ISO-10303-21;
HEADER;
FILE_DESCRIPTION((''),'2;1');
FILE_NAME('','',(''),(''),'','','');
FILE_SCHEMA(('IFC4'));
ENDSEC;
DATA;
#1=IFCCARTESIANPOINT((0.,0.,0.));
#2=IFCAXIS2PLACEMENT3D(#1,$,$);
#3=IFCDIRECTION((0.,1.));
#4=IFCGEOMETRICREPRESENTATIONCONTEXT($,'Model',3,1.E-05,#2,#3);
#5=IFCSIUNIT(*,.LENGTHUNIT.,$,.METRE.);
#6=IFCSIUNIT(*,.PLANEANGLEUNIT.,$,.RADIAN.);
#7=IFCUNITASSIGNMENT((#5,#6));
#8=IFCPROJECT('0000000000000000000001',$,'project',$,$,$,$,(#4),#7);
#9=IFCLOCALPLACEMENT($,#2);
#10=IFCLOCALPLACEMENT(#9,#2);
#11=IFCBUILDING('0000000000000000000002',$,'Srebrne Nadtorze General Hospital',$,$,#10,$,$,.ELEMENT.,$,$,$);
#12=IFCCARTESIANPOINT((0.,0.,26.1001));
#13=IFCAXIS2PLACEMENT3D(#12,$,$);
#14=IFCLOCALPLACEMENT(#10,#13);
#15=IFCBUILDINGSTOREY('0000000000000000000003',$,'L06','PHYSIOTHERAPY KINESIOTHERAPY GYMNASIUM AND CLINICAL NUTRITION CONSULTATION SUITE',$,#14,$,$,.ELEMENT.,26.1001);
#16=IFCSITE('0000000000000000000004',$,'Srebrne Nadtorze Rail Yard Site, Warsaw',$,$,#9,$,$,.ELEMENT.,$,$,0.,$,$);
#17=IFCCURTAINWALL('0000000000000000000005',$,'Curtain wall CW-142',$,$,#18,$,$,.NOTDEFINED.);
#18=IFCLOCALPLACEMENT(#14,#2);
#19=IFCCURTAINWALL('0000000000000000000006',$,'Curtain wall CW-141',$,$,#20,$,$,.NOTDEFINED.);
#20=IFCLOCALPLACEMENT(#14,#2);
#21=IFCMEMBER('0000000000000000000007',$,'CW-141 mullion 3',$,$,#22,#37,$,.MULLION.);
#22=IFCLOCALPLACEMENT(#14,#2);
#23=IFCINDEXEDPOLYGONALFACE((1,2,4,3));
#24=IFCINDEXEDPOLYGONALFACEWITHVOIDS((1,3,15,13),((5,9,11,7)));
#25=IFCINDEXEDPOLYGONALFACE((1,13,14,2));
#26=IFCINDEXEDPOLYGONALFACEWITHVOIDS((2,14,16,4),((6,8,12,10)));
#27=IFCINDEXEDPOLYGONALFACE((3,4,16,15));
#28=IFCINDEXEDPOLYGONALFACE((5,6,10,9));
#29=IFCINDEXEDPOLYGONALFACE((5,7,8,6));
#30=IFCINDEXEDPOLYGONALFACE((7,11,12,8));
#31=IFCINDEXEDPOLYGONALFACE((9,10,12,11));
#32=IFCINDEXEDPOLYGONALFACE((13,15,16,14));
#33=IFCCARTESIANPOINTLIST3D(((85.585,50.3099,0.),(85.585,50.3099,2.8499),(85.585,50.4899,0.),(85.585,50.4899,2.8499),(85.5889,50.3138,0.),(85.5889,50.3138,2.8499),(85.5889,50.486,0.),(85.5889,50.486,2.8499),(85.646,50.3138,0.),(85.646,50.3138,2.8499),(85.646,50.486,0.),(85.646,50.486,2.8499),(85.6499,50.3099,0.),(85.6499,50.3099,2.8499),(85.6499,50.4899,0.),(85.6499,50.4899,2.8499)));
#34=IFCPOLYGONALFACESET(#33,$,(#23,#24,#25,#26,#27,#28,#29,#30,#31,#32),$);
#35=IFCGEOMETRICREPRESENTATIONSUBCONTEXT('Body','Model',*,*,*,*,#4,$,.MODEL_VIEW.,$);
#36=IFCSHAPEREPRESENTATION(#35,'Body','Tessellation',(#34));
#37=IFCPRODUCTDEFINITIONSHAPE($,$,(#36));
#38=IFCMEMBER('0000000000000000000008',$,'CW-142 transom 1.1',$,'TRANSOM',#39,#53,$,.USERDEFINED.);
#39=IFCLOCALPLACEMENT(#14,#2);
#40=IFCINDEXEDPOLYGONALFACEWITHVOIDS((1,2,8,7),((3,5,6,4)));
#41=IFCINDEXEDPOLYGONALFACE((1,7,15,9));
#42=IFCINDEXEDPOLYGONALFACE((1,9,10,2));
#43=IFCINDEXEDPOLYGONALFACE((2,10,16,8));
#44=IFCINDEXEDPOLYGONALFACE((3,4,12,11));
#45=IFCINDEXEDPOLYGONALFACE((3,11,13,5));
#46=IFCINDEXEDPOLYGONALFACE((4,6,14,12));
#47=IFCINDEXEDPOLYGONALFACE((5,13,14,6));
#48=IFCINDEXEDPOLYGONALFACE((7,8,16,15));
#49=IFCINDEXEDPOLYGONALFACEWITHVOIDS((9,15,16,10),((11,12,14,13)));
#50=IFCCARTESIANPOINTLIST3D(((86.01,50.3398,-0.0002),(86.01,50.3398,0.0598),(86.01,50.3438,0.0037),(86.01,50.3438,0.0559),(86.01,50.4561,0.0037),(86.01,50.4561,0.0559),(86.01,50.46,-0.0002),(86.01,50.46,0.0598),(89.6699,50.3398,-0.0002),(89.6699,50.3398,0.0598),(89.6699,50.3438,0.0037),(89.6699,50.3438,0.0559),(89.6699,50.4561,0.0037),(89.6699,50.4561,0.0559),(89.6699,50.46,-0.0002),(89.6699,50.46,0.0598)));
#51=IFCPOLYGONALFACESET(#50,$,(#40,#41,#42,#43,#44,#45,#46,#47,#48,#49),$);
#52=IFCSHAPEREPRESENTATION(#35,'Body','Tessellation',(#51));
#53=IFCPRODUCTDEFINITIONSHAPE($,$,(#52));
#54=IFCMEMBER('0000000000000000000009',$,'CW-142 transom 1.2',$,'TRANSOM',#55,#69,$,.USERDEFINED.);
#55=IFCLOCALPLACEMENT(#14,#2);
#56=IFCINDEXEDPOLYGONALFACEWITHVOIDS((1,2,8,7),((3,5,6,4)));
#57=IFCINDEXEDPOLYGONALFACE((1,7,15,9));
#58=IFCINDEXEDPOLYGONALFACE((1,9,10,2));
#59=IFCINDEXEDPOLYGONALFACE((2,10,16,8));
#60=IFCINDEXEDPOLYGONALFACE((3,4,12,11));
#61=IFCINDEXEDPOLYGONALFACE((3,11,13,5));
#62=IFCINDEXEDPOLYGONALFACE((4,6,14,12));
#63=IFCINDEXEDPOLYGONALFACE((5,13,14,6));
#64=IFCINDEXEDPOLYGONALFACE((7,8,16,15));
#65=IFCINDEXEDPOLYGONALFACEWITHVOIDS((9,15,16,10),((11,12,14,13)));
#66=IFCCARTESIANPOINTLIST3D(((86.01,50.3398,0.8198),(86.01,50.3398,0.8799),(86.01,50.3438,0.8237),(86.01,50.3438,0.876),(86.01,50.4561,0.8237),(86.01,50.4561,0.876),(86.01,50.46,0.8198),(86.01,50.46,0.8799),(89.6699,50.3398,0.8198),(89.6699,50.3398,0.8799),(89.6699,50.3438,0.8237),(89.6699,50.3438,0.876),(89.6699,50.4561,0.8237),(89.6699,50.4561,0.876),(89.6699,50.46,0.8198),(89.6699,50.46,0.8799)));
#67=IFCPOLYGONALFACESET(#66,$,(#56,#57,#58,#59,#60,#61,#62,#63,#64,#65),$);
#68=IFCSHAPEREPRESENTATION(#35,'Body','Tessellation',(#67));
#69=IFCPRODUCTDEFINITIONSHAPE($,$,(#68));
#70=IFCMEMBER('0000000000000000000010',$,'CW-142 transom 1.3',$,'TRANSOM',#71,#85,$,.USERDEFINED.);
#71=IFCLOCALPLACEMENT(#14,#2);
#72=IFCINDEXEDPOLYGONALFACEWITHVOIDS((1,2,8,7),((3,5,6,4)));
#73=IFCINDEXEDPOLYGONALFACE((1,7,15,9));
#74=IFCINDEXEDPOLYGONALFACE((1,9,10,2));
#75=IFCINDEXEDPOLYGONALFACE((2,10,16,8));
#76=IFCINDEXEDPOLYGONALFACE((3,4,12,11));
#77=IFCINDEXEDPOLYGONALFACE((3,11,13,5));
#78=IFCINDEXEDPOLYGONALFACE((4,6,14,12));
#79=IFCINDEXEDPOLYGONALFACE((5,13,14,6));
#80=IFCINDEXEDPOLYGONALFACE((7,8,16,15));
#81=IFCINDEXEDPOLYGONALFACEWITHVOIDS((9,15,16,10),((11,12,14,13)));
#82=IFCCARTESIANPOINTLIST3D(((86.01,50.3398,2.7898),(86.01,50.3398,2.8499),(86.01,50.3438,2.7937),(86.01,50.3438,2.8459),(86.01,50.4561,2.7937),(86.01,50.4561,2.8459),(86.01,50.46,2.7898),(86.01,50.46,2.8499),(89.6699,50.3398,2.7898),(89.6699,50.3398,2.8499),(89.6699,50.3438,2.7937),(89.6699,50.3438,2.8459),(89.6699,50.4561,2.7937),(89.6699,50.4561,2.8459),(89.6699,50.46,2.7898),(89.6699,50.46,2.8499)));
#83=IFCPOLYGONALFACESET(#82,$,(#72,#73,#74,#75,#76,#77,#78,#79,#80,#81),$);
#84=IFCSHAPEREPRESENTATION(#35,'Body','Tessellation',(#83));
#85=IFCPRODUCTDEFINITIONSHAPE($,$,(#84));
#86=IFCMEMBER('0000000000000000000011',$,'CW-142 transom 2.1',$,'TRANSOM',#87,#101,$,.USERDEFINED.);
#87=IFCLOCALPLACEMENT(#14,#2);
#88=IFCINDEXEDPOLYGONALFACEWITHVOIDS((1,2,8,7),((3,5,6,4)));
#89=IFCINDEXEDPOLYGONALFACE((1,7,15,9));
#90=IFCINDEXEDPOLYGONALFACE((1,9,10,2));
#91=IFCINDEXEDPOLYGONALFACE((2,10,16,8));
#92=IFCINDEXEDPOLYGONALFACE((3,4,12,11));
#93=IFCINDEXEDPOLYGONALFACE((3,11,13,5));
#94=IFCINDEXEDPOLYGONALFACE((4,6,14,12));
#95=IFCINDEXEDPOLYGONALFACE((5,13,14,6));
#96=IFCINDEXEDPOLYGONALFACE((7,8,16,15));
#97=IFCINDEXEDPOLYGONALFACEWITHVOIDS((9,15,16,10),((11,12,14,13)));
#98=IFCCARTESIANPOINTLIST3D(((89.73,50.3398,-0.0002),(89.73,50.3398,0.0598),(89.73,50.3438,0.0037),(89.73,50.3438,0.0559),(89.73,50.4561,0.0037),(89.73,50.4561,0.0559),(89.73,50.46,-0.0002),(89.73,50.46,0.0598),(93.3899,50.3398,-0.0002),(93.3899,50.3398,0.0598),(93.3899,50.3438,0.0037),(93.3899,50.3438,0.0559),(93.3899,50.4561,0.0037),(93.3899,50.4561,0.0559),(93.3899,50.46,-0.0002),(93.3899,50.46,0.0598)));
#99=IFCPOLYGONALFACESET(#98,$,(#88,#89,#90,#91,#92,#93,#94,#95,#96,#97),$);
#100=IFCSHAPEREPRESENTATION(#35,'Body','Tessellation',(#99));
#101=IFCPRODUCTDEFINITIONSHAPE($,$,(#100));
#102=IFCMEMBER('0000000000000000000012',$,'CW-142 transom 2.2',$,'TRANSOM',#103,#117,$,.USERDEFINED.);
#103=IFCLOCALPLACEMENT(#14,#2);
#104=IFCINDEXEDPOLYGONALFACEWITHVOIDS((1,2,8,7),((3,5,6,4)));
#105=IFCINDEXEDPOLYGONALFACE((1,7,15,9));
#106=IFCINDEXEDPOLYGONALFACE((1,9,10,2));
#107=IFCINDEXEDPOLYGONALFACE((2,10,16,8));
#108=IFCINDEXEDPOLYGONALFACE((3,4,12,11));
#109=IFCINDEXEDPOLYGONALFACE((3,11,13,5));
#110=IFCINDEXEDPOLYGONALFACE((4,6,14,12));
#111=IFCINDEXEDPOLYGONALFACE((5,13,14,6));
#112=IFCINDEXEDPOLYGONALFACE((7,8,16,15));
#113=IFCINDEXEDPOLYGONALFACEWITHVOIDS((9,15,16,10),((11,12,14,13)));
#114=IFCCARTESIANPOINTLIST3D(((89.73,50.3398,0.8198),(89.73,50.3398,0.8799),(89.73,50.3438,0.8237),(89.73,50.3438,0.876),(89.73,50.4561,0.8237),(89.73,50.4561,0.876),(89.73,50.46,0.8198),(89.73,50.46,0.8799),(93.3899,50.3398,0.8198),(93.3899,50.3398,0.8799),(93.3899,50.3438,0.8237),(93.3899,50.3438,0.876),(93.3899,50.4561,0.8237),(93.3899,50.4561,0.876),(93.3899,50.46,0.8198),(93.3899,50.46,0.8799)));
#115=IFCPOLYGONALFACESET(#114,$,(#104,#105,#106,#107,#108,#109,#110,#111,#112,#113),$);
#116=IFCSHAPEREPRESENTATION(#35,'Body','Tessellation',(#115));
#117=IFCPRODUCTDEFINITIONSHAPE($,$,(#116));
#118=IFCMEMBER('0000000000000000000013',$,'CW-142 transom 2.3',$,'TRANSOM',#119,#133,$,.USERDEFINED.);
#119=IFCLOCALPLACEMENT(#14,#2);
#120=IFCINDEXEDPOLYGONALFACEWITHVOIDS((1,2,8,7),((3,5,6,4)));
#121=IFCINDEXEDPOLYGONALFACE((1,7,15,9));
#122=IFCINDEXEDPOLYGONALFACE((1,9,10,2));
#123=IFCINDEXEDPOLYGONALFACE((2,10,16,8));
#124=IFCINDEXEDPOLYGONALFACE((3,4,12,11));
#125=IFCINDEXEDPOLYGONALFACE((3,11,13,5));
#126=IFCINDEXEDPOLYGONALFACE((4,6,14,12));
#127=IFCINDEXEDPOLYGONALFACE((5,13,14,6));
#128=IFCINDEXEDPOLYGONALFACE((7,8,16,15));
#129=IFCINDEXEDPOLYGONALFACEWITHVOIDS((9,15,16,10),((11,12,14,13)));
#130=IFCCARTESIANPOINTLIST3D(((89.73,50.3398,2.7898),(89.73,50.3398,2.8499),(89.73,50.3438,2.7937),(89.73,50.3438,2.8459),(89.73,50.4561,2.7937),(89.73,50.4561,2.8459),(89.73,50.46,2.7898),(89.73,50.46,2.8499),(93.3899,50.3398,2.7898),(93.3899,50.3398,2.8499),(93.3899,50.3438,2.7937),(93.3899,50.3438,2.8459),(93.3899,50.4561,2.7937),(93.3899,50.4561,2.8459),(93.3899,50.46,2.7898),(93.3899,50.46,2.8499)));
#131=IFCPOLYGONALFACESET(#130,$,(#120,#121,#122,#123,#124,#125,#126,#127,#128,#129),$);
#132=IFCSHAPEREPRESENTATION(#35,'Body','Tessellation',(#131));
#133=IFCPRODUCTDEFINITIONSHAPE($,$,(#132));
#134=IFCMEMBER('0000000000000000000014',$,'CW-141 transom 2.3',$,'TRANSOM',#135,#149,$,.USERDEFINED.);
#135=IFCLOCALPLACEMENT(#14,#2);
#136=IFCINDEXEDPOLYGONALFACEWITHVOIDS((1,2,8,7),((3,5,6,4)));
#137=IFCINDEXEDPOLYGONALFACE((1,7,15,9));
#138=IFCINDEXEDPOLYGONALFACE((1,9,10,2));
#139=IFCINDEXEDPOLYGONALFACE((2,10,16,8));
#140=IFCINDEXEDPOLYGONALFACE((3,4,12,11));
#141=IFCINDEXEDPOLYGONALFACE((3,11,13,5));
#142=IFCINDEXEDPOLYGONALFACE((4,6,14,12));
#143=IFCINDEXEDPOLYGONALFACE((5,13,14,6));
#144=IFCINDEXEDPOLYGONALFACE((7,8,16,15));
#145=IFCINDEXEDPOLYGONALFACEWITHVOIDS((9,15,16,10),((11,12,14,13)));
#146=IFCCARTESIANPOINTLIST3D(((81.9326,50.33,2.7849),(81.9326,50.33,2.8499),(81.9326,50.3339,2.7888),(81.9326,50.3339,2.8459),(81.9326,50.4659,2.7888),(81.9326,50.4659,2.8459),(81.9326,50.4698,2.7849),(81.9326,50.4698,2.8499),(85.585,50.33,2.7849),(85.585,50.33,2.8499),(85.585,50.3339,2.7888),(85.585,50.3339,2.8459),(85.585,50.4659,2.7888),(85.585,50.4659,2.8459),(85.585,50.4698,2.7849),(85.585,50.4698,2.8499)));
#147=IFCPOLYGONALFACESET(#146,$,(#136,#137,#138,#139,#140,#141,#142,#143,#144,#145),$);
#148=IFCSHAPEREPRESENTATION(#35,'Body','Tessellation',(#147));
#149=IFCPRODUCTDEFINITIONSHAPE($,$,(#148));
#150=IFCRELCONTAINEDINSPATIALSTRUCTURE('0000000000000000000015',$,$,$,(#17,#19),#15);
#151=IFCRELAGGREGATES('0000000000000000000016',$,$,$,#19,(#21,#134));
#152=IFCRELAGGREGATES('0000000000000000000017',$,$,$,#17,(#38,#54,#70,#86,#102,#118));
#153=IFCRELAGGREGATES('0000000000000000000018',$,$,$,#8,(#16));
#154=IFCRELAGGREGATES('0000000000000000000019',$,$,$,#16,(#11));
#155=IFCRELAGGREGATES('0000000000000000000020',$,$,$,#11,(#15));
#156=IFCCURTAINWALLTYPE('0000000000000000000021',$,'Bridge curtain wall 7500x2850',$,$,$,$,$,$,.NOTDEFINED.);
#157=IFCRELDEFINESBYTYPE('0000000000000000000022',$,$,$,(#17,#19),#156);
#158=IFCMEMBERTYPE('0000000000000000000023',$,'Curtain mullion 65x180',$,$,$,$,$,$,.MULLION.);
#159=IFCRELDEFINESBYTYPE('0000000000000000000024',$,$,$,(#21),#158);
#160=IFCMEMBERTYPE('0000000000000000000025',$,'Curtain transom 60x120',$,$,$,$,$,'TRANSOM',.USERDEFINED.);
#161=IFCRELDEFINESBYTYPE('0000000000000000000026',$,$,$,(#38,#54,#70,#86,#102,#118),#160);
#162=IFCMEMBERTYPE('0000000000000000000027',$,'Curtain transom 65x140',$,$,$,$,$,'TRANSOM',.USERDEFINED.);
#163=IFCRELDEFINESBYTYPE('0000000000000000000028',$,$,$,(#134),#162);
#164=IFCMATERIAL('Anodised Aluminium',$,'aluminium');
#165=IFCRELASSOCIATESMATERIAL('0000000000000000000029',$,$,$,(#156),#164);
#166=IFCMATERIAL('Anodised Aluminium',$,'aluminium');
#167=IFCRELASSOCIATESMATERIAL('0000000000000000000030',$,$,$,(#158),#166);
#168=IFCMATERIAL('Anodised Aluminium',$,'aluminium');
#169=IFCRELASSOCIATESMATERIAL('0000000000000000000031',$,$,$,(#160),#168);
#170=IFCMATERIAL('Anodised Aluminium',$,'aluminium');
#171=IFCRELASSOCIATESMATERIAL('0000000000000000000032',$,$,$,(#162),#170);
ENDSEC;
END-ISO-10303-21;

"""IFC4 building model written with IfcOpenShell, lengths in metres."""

from ifc_helpers import new_model, si_unit, direction, frame, origin, origin_2d, place, context, subcontext, project, spatial, hollow_rectangle, extrude, material, material_profile, profile_set, type_object, element, aggregate, save


model = new_model("IFC4")

# Units and contexts
model_context = context("Model", 3, precision=1e-05, world=origin(), true_north=direction((0.0, 1.0)))
body_context = subcontext(model_context, "Body", "Model", "MODEL_VIEW")
ifc_project = project(units=[si_unit("LENGTHUNIT", "METRE"), si_unit("PLANEANGLEUNIT", "RADIAN")], contexts=[model_context])

# Site, building, storey
site_placement = place(None, origin())
site = spatial("IfcSite", under=ifc_project, at=site_placement, Name="Srebrne Nadtorze Rail Yard Site, Warsaw", CompositionType="ELEMENT", RefElevation=0.0)
building_placement = place(site_placement, origin())
building = spatial("IfcBuilding", under=site, at=building_placement, Name="Srebrne Nadtorze General Hospital", CompositionType="ELEMENT")
storey_placement = place(building_placement, frame((0.0, 0.0, 26.1001)))
storey = spatial("IfcBuildingStorey", under=building, at=storey_placement, Name="L06", Description="PHYSIOTHERAPY KINESIOTHERAPY GYMNASIUM AND CLINICAL NUTRITION CONSULTATION SUITE", CompositionType="ELEMENT", Elevation=26.1001)

# Curtain wall
ifc_material_1 = material(Name="Anodised Aluminium", Category="aluminium")
curtain_wall_type = type_object("IfcCurtainWallType", Name="Bridge curtain wall 7500x2850", PredefinedType="NOTDEFINED", material=ifc_material_1)
curtain_wall_1_placement = place(storey_placement, origin())
curtain_wall_1 = element("IfcCurtainWall", 1, at=curtain_wall_1_placement, inside=storey, type_object=curtain_wall_type, Name="Curtain wall CW-142", PredefinedType="NOTDEFINED")

# Curtain wall, member
curtain_wall_2_placement = place(storey_placement, origin())
curtain_wall_2 = element("IfcCurtainWall", 2, at=curtain_wall_2_placement, inside=storey, type_object=curtain_wall_type, Name="Curtain wall CW-141", PredefinedType="NOTDEFINED")
ifc_material_2 = material(Name="Anodised Aluminium", Category="aluminium")
ifc_material_profile_1 = material_profile(ifc_material_2, hollow_rectangle(XDim=0.0649, YDim=0.1799, WallThickness=0.0039, at=origin_2d()), Name="AL-MUL-65x180")
ifc_profile_set_1 = profile_set([ifc_material_profile_1], Name="Anodised Aluminium")
member_type_1 = type_object("IfcMemberType", Name="Curtain mullion 65x180", PredefinedType="MULLION", material=ifc_profile_set_1)
member_1_placement = place(storey_placement, frame((85.6174, 50.3999, 0.0), z_axis=(0.0, 0.0, 1.0), x_axis=(1.0, 0.0, 0.0)))
member_1 = element("IfcMember", 3, at=member_1_placement, type_object=member_type_1, Name="CW-141 mullion 3", PredefinedType="MULLION", context=body_context, shape_type="SweptSolid", body=[
    extrude(hollow_rectangle(XDim=0.0649, YDim=0.1799, WallThickness=0.0039, at=origin_2d()), origin(), (0.0, 0.0, 1.0), 2.8499),
])

# Members
ifc_material_3 = material(Name="Anodised Aluminium", Category="aluminium")
ifc_material_profile_2 = material_profile(ifc_material_3, hollow_rectangle(XDim=0.0601, YDim=0.1201, WallThickness=0.0039, at=origin_2d()), Name="AL-TRN-60x120")
ifc_profile_set_2 = profile_set([ifc_material_profile_2], Name="Anodised Aluminium")
member_type_2 = type_object("IfcMemberType", Name="Curtain transom 60x120", ElementType="TRANSOM", PredefinedType="USERDEFINED", material=ifc_profile_set_2)
member_2_placement = place(storey_placement, frame((86.01, 50.3999, 0.0298), z_axis=(1.0, 0.0, 0.0), x_axis=(0.0, 0.0, 1.0)))
member_2 = element("IfcMember", 4, at=member_2_placement, type_object=member_type_2, Name="CW-142 transom 1.1", ObjectType="TRANSOM", PredefinedType="USERDEFINED", context=body_context, shape_type="SweptSolid", body=[
    extrude(hollow_rectangle(XDim=0.0601, YDim=0.1201, WallThickness=0.0039, at=origin_2d()), origin(), (0.0, 0.0, 1.0), 3.6599),
])
member_3_placement = place(storey_placement, frame((86.01, 50.3999, 0.8499), z_axis=(1.0, 0.0, 0.0), x_axis=(0.0, 0.0, 1.0)))
member_3 = element("IfcMember", 5, at=member_3_placement, type_object=member_type_2, Name="CW-142 transom 1.2", ObjectType="TRANSOM", PredefinedType="USERDEFINED", context=body_context, shape_type="SweptSolid", body=[
    extrude(hollow_rectangle(XDim=0.0601, YDim=0.1201, WallThickness=0.0039, at=origin_2d()), origin(), (0.0, 0.0, 1.0), 3.6599),
])
member_4_placement = place(storey_placement, frame((86.01, 50.3999, 2.8198), z_axis=(1.0, 0.0, 0.0), x_axis=(0.0, 0.0, 1.0)))
member_4 = element("IfcMember", 6, at=member_4_placement, type_object=member_type_2, Name="CW-142 transom 1.3", ObjectType="TRANSOM", PredefinedType="USERDEFINED", context=body_context, shape_type="SweptSolid", body=[
    extrude(hollow_rectangle(XDim=0.0601, YDim=0.1201, WallThickness=0.0039, at=origin_2d()), origin(), (0.0, 0.0, 1.0), 3.6599),
])
member_5_placement = place(storey_placement, frame((89.73, 50.3999, 0.0298), z_axis=(1.0, 0.0, 0.0), x_axis=(0.0, 0.0, 1.0)))
member_5 = element("IfcMember", 7, at=member_5_placement, type_object=member_type_2, Name="CW-142 transom 2.1", ObjectType="TRANSOM", PredefinedType="USERDEFINED", context=body_context, shape_type="SweptSolid", body=[
    extrude(hollow_rectangle(XDim=0.0601, YDim=0.1201, WallThickness=0.0039, at=origin_2d()), origin(), (0.0, 0.0, 1.0), 3.6599),
])
member_6_placement = place(storey_placement, frame((89.73, 50.3999, 0.8499), z_axis=(1.0, 0.0, 0.0), x_axis=(0.0, 0.0, 1.0)))
member_6 = element("IfcMember", 8, at=member_6_placement, type_object=member_type_2, Name="CW-142 transom 2.2", ObjectType="TRANSOM", PredefinedType="USERDEFINED", context=body_context, shape_type="SweptSolid", body=[
    extrude(hollow_rectangle(XDim=0.0601, YDim=0.1201, WallThickness=0.0039, at=origin_2d()), origin(), (0.0, 0.0, 1.0), 3.6599),
])
member_7_placement = place(storey_placement, frame((89.73, 50.3999, 2.8198), z_axis=(1.0, 0.0, 0.0), x_axis=(0.0, 0.0, 1.0)))
member_7 = element("IfcMember", 9, at=member_7_placement, type_object=member_type_2, Name="CW-142 transom 2.3", ObjectType="TRANSOM", PredefinedType="USERDEFINED", context=body_context, shape_type="SweptSolid", body=[
    extrude(hollow_rectangle(XDim=0.0601, YDim=0.1201, WallThickness=0.0039, at=origin_2d()), origin(), (0.0, 0.0, 1.0), 3.6599),
])
ifc_material_4 = material(Name="Anodised Aluminium", Category="aluminium")
ifc_material_profile_3 = material_profile(ifc_material_4, hollow_rectangle(XDim=0.0649, YDim=0.1399, WallThickness=0.0039, at=origin_2d()), Name="AL-TRN-65x140")
ifc_profile_set_3 = profile_set([ifc_material_profile_3], Name="Anodised Aluminium")
member_type_3 = type_object("IfcMemberType", Name="Curtain transom 65x140", ElementType="TRANSOM", PredefinedType="USERDEFINED", material=ifc_profile_set_3)
member_8_placement = place(storey_placement, frame((81.9326, 50.3999, 2.8174), z_axis=(1.0, 0.0, 0.0), x_axis=(0.0, 0.0, 1.0)))
member_8 = element("IfcMember", 10, at=member_8_placement, type_object=member_type_3, Name="CW-141 transom 2.3", ObjectType="TRANSOM", PredefinedType="USERDEFINED", context=body_context, shape_type="SweptSolid", body=[
    extrude(hollow_rectangle(XDim=0.0649, YDim=0.1399, WallThickness=0.0039, at=origin_2d()), origin(), (0.0, 0.0, 1.0), 3.6523),
])

aggregate(curtain_wall_2, [member_1, member_8])
aggregate(curtain_wall_1, [member_2, member_3, member_4, member_5, member_6, member_7])

save(model, "model.ifc")
